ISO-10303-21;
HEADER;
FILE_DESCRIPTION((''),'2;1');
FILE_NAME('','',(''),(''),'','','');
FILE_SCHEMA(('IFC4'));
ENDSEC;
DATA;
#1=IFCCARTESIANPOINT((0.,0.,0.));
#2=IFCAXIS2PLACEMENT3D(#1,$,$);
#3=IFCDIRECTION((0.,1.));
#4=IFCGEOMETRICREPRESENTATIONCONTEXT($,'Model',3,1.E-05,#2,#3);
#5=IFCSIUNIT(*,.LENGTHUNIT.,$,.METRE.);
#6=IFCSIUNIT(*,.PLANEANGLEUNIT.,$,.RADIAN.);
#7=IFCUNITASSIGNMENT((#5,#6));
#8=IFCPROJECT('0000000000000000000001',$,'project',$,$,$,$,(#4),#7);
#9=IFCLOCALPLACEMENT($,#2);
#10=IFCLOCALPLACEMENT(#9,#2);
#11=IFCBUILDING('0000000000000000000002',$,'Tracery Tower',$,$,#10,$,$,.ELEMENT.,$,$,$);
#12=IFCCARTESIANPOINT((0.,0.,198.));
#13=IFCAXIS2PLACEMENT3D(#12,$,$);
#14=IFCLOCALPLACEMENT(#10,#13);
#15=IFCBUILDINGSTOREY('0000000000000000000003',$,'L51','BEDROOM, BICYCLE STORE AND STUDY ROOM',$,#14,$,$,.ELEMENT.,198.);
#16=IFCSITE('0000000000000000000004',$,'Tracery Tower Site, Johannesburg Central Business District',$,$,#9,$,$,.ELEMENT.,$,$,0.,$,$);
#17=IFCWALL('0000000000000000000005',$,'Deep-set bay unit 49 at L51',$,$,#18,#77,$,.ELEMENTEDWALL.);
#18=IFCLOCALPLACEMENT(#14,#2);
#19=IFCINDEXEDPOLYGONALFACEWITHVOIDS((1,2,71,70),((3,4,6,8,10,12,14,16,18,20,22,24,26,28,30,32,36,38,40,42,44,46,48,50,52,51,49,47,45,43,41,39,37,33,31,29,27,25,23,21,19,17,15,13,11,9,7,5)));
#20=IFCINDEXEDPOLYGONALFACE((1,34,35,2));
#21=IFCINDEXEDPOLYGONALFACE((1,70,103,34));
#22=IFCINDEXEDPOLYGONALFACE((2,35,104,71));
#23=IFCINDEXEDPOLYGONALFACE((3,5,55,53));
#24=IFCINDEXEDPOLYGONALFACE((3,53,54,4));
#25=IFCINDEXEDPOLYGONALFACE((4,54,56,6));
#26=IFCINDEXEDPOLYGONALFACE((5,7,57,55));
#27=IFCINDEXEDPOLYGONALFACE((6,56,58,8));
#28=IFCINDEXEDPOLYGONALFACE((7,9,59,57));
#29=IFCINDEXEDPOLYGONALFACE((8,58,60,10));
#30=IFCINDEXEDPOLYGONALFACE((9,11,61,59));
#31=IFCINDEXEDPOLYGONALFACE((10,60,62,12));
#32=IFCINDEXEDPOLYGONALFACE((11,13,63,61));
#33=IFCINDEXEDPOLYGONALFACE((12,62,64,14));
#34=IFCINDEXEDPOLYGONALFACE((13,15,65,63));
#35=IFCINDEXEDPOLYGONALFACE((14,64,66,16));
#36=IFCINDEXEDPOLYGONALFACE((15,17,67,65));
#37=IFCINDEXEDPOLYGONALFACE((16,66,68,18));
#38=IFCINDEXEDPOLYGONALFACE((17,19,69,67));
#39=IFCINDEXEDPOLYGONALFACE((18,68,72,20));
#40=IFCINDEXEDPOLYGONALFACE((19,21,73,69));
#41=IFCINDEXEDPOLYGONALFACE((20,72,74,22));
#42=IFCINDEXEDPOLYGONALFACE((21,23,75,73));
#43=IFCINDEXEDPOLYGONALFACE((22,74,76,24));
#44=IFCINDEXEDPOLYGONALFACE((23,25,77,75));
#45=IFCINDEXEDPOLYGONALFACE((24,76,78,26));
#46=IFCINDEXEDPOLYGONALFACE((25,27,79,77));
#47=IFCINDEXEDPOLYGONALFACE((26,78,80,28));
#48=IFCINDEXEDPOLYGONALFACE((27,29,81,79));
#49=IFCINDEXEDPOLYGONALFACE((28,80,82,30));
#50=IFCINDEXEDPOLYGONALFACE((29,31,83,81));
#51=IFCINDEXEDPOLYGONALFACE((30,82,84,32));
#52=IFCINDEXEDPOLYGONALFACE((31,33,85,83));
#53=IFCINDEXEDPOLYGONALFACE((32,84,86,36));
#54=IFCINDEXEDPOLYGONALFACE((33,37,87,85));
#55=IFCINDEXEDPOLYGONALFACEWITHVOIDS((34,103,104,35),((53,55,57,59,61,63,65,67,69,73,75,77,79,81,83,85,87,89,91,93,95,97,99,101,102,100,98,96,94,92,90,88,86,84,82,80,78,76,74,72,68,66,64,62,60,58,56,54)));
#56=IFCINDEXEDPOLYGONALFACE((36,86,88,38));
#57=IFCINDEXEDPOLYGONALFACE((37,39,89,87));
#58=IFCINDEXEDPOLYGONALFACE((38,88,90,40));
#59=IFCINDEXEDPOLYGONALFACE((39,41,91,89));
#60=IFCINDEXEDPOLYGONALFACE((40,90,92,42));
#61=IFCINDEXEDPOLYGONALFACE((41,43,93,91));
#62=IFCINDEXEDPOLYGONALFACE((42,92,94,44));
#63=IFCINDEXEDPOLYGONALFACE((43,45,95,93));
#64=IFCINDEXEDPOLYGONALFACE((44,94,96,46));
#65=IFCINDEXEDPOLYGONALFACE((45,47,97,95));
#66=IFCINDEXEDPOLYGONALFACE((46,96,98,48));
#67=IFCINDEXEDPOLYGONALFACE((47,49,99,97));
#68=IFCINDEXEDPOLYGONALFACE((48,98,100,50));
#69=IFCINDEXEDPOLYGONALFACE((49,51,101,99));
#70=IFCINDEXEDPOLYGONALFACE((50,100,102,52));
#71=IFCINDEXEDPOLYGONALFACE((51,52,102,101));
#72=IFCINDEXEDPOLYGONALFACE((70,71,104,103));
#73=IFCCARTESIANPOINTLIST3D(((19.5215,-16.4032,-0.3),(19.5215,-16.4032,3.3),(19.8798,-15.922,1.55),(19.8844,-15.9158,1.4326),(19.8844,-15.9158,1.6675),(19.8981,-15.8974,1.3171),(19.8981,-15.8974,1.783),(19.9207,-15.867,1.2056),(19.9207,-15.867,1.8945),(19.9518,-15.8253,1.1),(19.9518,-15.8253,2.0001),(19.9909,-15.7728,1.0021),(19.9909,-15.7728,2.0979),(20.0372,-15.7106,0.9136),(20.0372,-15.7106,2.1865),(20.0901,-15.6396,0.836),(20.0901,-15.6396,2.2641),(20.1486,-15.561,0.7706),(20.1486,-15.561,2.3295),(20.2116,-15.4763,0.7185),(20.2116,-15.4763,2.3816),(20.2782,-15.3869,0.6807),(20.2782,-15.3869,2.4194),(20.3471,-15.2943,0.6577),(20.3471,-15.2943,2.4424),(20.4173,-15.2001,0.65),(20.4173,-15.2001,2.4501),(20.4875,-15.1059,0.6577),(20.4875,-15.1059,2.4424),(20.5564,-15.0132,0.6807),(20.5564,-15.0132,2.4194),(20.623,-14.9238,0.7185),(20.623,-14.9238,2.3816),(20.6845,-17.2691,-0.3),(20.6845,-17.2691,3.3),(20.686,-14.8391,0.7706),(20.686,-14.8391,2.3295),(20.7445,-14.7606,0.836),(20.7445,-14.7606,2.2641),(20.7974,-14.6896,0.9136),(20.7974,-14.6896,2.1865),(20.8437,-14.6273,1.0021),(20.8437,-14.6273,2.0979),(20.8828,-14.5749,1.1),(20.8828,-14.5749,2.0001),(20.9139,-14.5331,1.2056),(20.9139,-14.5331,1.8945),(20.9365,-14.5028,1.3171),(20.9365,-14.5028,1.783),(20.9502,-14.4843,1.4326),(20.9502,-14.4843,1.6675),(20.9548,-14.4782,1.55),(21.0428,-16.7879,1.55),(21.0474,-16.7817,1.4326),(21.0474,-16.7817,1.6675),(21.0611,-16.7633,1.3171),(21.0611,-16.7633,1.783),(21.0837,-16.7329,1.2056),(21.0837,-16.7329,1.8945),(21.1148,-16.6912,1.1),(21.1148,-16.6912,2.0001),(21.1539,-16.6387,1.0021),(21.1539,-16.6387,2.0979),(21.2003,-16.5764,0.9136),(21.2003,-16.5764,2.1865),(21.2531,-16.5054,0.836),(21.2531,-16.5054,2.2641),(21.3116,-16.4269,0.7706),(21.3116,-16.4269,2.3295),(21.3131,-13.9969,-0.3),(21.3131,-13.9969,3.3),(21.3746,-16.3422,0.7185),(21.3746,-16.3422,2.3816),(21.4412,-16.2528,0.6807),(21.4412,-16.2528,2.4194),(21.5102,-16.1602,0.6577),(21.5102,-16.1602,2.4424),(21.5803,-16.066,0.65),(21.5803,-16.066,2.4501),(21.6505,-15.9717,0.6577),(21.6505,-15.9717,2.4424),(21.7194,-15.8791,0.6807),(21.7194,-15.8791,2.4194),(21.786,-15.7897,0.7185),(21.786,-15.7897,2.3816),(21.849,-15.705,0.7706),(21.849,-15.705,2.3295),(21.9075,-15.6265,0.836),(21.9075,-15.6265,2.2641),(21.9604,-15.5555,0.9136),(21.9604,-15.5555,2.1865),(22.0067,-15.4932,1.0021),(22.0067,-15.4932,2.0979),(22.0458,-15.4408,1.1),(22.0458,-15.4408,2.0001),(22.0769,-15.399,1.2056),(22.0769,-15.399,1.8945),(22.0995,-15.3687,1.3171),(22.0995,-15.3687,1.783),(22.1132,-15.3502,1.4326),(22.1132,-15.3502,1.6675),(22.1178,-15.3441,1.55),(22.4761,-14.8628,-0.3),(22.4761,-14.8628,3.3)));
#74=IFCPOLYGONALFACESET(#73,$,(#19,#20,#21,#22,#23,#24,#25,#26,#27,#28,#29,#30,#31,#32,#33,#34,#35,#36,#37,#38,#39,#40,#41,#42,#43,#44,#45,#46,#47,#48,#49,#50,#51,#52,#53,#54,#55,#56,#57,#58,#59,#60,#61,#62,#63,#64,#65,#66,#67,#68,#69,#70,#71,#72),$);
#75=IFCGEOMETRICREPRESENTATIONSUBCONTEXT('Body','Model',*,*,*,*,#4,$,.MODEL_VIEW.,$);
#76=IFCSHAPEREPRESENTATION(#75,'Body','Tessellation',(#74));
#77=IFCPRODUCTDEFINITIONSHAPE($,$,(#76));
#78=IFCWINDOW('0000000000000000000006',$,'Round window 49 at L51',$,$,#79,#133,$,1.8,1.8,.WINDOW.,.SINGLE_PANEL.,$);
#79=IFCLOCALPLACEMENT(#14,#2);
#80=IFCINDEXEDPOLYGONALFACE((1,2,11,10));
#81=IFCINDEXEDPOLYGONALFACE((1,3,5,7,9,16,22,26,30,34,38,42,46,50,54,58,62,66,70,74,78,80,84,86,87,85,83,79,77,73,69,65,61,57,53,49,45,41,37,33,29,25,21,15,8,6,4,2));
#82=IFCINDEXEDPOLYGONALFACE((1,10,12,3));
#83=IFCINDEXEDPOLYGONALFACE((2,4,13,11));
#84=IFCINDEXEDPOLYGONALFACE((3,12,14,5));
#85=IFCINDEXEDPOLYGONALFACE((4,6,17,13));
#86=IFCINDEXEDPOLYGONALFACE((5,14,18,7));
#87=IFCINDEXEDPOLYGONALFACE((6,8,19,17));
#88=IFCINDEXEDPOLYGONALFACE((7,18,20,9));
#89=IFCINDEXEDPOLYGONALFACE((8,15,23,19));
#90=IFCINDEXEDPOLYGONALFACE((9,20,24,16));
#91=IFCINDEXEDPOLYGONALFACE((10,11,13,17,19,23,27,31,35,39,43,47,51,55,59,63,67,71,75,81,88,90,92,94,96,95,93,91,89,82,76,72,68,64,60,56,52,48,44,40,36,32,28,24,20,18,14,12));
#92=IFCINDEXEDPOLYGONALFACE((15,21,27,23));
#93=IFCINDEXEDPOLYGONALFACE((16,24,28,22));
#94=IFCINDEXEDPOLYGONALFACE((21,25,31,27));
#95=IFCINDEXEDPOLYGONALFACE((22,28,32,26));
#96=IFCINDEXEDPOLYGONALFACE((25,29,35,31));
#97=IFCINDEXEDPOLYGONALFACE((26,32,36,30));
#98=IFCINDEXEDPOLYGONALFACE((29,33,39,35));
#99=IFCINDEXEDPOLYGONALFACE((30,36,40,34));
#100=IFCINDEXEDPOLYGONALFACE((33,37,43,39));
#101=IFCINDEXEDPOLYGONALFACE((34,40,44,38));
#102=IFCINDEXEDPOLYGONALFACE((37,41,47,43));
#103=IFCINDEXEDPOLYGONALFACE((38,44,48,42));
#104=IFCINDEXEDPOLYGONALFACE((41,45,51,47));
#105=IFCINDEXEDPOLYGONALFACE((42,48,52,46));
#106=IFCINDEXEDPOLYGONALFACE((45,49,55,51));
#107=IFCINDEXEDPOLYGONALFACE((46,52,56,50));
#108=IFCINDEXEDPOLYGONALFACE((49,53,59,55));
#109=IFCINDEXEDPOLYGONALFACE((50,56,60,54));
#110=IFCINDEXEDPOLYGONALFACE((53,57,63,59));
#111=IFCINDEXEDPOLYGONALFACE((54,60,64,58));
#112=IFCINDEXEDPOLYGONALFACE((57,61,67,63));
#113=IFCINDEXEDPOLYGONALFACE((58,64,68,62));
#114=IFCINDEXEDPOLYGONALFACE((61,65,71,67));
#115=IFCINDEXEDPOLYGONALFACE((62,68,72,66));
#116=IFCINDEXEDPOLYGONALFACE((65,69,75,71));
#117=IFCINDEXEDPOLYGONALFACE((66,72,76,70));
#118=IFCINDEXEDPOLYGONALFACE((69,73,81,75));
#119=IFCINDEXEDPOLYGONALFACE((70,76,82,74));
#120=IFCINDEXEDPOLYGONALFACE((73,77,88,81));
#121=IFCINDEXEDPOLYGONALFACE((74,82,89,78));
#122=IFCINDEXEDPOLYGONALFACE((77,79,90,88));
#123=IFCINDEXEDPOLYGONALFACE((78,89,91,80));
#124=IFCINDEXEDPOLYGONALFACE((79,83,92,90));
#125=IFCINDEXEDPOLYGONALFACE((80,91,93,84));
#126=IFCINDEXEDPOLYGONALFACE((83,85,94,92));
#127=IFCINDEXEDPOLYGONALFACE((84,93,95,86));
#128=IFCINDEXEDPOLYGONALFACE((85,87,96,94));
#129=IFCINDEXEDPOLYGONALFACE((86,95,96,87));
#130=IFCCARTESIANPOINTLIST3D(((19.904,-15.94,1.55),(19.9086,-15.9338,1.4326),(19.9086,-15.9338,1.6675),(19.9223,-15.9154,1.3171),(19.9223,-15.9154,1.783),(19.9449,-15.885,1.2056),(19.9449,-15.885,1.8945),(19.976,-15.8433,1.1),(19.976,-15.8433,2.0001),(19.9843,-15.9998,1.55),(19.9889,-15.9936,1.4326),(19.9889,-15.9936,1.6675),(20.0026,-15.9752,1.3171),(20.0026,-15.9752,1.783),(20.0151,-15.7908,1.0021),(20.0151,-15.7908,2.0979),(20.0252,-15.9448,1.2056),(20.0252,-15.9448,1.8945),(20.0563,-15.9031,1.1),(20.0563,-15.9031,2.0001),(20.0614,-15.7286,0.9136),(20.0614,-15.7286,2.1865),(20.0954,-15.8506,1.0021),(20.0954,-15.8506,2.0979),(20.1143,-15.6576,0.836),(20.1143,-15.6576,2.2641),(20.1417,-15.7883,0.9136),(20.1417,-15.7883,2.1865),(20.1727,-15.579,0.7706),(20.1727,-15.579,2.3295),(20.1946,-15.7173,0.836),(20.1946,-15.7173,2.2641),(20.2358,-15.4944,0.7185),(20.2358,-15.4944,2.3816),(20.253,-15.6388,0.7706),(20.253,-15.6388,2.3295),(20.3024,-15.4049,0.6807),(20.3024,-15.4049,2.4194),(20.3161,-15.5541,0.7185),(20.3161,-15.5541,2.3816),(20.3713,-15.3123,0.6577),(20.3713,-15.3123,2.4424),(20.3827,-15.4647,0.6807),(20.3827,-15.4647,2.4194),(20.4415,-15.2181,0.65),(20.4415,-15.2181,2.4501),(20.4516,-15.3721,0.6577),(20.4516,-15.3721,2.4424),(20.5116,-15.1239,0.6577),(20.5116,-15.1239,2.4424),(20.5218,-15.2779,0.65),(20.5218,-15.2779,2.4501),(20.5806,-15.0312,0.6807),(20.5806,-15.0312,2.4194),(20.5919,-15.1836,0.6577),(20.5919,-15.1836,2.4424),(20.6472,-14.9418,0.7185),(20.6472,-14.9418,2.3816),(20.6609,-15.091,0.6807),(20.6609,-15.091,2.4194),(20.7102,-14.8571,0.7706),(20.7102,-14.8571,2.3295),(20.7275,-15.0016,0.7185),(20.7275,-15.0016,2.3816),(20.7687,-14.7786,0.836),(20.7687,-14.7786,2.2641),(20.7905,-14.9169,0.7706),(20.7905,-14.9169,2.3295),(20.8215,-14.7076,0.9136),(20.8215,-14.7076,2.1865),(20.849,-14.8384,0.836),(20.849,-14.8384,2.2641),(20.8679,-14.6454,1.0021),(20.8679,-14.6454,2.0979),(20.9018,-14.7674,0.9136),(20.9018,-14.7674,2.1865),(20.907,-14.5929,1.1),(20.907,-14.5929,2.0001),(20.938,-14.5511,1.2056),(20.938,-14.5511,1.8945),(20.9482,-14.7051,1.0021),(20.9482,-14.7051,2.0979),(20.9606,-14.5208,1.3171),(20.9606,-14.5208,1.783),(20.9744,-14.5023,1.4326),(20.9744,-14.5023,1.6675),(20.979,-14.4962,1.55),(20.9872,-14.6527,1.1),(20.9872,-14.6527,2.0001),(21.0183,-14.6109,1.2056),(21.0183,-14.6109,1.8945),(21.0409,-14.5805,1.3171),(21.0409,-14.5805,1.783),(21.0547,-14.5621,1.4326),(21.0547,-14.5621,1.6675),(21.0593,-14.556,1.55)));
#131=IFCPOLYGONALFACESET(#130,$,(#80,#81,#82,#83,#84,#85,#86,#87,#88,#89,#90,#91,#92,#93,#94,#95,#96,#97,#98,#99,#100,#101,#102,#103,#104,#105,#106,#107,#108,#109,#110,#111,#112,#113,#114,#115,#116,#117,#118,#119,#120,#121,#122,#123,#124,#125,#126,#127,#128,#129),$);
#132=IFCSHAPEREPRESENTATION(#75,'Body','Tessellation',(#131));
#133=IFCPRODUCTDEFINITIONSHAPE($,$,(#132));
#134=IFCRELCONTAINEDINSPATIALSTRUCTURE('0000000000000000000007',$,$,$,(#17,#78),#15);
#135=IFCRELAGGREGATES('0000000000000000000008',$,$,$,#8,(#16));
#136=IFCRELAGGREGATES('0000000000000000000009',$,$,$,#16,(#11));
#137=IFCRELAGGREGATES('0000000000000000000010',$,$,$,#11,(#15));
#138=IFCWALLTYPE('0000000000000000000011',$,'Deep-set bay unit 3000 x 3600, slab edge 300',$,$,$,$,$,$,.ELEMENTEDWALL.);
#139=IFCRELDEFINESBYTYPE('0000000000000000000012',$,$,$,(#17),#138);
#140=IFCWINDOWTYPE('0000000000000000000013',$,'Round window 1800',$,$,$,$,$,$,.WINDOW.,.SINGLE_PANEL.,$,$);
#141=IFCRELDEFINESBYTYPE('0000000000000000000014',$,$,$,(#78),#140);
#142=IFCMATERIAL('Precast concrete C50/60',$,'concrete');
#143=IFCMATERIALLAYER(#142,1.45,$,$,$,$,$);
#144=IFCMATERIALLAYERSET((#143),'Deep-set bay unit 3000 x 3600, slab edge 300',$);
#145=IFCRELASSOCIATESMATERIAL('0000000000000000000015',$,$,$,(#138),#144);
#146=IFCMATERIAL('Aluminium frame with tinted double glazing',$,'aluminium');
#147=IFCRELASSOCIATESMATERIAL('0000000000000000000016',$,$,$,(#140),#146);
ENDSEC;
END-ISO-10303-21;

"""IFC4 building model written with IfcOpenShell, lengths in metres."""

from ifc_helpers import new_model, si_unit, direction, frame, frame_2d, origin, origin_2d, place, context, subcontext, project, spatial, rectangle, circle, extrude, material, layer, layer_set, type_object, element, fill, save


model = new_model("IFC4")

# Units and contexts
model_context = context("Model", 3, precision=1e-05, world=origin(), true_north=direction((0.0, 1.0)))
body_context = subcontext(model_context, "Body", "Model", "MODEL_VIEW")
ifc_project = project(units=[si_unit("LENGTHUNIT", "METRE"), si_unit("PLANEANGLEUNIT", "RADIAN")], contexts=[model_context])

# Site, building, storey
site_placement = place(None, origin())
site = spatial("IfcSite", under=ifc_project, at=site_placement, Name="Tracery Tower Site, Johannesburg Central Business District", CompositionType="ELEMENT", RefElevation=0.0)
building_placement = place(site_placement, origin())
building = spatial("IfcBuilding", under=site, at=building_placement, Name="Tracery Tower", CompositionType="ELEMENT")
storey_placement = place(building_placement, frame((0.0, 0.0, 198.0)))
storey = spatial("IfcBuildingStorey", under=building, at=storey_placement, Name="L51", Description="BEDROOM, BICYCLE STORE AND STUDY ROOM", CompositionType="ELEMENT", Elevation=198.0)

# Wall, opening, window
ifc_material_1 = material(Name="Precast concrete C50/60", Category="concrete")
ifc_layer_1 = layer(ifc_material_1, 1.45)
ifc_layer_set_1 = layer_set([ifc_layer_1], Name="Deep-set bay unit 3000 x 3600, slab edge 300")
wall_type_1 = type_object("IfcWallType", Name="Deep-set bay unit 3000 x 3600, slab edge 300", PredefinedType="ELEMENTEDWALL", material=ifc_layer_set_1)
ifc_material_2 = material(Name="Aluminium frame with tinted double glazing", Category="aluminium")
window_type = type_object("IfcWindowType", Name="Round window 1800", PartitioningType="SINGLE_PANEL", PredefinedType="WINDOW", material=ifc_material_2)
wall_1_placement = place(storey_placement, frame((20.103, -16.8362, -0.3), z_axis=(0.0, 0.0, 1.0), x_axis=(0.597184, 0.802104, 0.0)))
wall_1 = element("IfcWall", 1, at=wall_1_placement, inside=storey, type_object=wall_type_1, Name="Deep-set bay unit 49 at L51", PredefinedType="ELEMENTEDWALL", context=body_context, shape_type="SweptSolid", body=[
    extrude(rectangle(XDim=3.0, YDim=1.45, at=frame_2d((1.5, 0.0))), origin(), (0.0, 0.0, 1.0), 3.6001),
])
opening_1_placement = place(wall_1_placement, frame((1.5, 0.0, 1.8501)))
opening_1 = element("IfcOpeningElement", 2, at=opening_1_placement, cuts=wall_1, PredefinedType="OPENING", context=body_context, shape_type="SweptSolid", body=[
    extrude(circle(Radius=0.9, at=origin_2d()), frame((0.0, 0.7349, 0.0), z_axis=(0.0, -1.0, 0.0), x_axis=(1.0, 0.0, 0.0)), (0.0, 0.0, 1.0), 1.47),
])
window_1_placement = place(opening_1_placement, origin())
window_1 = element("IfcWindow", 3, at=window_1_placement, inside=storey, type_object=window_type, Name="Round window 49 at L51", OverallHeight=1.8, OverallWidth=1.8, PartitioningType="SINGLE_PANEL", PredefinedType="WINDOW", context=body_context, shape_type="SweptSolid", body=[
    extrude(circle(Radius=0.9, at=origin_2d()), frame((0.0, 0.6948, 0.0), z_axis=(0.0, -1.0, 0.0), x_axis=(1.0, 0.0, 0.0)), (0.0, 0.0, 1.0), 0.1001),
])
fill(opening_1, window_1)

save(model, "model.ifc")
